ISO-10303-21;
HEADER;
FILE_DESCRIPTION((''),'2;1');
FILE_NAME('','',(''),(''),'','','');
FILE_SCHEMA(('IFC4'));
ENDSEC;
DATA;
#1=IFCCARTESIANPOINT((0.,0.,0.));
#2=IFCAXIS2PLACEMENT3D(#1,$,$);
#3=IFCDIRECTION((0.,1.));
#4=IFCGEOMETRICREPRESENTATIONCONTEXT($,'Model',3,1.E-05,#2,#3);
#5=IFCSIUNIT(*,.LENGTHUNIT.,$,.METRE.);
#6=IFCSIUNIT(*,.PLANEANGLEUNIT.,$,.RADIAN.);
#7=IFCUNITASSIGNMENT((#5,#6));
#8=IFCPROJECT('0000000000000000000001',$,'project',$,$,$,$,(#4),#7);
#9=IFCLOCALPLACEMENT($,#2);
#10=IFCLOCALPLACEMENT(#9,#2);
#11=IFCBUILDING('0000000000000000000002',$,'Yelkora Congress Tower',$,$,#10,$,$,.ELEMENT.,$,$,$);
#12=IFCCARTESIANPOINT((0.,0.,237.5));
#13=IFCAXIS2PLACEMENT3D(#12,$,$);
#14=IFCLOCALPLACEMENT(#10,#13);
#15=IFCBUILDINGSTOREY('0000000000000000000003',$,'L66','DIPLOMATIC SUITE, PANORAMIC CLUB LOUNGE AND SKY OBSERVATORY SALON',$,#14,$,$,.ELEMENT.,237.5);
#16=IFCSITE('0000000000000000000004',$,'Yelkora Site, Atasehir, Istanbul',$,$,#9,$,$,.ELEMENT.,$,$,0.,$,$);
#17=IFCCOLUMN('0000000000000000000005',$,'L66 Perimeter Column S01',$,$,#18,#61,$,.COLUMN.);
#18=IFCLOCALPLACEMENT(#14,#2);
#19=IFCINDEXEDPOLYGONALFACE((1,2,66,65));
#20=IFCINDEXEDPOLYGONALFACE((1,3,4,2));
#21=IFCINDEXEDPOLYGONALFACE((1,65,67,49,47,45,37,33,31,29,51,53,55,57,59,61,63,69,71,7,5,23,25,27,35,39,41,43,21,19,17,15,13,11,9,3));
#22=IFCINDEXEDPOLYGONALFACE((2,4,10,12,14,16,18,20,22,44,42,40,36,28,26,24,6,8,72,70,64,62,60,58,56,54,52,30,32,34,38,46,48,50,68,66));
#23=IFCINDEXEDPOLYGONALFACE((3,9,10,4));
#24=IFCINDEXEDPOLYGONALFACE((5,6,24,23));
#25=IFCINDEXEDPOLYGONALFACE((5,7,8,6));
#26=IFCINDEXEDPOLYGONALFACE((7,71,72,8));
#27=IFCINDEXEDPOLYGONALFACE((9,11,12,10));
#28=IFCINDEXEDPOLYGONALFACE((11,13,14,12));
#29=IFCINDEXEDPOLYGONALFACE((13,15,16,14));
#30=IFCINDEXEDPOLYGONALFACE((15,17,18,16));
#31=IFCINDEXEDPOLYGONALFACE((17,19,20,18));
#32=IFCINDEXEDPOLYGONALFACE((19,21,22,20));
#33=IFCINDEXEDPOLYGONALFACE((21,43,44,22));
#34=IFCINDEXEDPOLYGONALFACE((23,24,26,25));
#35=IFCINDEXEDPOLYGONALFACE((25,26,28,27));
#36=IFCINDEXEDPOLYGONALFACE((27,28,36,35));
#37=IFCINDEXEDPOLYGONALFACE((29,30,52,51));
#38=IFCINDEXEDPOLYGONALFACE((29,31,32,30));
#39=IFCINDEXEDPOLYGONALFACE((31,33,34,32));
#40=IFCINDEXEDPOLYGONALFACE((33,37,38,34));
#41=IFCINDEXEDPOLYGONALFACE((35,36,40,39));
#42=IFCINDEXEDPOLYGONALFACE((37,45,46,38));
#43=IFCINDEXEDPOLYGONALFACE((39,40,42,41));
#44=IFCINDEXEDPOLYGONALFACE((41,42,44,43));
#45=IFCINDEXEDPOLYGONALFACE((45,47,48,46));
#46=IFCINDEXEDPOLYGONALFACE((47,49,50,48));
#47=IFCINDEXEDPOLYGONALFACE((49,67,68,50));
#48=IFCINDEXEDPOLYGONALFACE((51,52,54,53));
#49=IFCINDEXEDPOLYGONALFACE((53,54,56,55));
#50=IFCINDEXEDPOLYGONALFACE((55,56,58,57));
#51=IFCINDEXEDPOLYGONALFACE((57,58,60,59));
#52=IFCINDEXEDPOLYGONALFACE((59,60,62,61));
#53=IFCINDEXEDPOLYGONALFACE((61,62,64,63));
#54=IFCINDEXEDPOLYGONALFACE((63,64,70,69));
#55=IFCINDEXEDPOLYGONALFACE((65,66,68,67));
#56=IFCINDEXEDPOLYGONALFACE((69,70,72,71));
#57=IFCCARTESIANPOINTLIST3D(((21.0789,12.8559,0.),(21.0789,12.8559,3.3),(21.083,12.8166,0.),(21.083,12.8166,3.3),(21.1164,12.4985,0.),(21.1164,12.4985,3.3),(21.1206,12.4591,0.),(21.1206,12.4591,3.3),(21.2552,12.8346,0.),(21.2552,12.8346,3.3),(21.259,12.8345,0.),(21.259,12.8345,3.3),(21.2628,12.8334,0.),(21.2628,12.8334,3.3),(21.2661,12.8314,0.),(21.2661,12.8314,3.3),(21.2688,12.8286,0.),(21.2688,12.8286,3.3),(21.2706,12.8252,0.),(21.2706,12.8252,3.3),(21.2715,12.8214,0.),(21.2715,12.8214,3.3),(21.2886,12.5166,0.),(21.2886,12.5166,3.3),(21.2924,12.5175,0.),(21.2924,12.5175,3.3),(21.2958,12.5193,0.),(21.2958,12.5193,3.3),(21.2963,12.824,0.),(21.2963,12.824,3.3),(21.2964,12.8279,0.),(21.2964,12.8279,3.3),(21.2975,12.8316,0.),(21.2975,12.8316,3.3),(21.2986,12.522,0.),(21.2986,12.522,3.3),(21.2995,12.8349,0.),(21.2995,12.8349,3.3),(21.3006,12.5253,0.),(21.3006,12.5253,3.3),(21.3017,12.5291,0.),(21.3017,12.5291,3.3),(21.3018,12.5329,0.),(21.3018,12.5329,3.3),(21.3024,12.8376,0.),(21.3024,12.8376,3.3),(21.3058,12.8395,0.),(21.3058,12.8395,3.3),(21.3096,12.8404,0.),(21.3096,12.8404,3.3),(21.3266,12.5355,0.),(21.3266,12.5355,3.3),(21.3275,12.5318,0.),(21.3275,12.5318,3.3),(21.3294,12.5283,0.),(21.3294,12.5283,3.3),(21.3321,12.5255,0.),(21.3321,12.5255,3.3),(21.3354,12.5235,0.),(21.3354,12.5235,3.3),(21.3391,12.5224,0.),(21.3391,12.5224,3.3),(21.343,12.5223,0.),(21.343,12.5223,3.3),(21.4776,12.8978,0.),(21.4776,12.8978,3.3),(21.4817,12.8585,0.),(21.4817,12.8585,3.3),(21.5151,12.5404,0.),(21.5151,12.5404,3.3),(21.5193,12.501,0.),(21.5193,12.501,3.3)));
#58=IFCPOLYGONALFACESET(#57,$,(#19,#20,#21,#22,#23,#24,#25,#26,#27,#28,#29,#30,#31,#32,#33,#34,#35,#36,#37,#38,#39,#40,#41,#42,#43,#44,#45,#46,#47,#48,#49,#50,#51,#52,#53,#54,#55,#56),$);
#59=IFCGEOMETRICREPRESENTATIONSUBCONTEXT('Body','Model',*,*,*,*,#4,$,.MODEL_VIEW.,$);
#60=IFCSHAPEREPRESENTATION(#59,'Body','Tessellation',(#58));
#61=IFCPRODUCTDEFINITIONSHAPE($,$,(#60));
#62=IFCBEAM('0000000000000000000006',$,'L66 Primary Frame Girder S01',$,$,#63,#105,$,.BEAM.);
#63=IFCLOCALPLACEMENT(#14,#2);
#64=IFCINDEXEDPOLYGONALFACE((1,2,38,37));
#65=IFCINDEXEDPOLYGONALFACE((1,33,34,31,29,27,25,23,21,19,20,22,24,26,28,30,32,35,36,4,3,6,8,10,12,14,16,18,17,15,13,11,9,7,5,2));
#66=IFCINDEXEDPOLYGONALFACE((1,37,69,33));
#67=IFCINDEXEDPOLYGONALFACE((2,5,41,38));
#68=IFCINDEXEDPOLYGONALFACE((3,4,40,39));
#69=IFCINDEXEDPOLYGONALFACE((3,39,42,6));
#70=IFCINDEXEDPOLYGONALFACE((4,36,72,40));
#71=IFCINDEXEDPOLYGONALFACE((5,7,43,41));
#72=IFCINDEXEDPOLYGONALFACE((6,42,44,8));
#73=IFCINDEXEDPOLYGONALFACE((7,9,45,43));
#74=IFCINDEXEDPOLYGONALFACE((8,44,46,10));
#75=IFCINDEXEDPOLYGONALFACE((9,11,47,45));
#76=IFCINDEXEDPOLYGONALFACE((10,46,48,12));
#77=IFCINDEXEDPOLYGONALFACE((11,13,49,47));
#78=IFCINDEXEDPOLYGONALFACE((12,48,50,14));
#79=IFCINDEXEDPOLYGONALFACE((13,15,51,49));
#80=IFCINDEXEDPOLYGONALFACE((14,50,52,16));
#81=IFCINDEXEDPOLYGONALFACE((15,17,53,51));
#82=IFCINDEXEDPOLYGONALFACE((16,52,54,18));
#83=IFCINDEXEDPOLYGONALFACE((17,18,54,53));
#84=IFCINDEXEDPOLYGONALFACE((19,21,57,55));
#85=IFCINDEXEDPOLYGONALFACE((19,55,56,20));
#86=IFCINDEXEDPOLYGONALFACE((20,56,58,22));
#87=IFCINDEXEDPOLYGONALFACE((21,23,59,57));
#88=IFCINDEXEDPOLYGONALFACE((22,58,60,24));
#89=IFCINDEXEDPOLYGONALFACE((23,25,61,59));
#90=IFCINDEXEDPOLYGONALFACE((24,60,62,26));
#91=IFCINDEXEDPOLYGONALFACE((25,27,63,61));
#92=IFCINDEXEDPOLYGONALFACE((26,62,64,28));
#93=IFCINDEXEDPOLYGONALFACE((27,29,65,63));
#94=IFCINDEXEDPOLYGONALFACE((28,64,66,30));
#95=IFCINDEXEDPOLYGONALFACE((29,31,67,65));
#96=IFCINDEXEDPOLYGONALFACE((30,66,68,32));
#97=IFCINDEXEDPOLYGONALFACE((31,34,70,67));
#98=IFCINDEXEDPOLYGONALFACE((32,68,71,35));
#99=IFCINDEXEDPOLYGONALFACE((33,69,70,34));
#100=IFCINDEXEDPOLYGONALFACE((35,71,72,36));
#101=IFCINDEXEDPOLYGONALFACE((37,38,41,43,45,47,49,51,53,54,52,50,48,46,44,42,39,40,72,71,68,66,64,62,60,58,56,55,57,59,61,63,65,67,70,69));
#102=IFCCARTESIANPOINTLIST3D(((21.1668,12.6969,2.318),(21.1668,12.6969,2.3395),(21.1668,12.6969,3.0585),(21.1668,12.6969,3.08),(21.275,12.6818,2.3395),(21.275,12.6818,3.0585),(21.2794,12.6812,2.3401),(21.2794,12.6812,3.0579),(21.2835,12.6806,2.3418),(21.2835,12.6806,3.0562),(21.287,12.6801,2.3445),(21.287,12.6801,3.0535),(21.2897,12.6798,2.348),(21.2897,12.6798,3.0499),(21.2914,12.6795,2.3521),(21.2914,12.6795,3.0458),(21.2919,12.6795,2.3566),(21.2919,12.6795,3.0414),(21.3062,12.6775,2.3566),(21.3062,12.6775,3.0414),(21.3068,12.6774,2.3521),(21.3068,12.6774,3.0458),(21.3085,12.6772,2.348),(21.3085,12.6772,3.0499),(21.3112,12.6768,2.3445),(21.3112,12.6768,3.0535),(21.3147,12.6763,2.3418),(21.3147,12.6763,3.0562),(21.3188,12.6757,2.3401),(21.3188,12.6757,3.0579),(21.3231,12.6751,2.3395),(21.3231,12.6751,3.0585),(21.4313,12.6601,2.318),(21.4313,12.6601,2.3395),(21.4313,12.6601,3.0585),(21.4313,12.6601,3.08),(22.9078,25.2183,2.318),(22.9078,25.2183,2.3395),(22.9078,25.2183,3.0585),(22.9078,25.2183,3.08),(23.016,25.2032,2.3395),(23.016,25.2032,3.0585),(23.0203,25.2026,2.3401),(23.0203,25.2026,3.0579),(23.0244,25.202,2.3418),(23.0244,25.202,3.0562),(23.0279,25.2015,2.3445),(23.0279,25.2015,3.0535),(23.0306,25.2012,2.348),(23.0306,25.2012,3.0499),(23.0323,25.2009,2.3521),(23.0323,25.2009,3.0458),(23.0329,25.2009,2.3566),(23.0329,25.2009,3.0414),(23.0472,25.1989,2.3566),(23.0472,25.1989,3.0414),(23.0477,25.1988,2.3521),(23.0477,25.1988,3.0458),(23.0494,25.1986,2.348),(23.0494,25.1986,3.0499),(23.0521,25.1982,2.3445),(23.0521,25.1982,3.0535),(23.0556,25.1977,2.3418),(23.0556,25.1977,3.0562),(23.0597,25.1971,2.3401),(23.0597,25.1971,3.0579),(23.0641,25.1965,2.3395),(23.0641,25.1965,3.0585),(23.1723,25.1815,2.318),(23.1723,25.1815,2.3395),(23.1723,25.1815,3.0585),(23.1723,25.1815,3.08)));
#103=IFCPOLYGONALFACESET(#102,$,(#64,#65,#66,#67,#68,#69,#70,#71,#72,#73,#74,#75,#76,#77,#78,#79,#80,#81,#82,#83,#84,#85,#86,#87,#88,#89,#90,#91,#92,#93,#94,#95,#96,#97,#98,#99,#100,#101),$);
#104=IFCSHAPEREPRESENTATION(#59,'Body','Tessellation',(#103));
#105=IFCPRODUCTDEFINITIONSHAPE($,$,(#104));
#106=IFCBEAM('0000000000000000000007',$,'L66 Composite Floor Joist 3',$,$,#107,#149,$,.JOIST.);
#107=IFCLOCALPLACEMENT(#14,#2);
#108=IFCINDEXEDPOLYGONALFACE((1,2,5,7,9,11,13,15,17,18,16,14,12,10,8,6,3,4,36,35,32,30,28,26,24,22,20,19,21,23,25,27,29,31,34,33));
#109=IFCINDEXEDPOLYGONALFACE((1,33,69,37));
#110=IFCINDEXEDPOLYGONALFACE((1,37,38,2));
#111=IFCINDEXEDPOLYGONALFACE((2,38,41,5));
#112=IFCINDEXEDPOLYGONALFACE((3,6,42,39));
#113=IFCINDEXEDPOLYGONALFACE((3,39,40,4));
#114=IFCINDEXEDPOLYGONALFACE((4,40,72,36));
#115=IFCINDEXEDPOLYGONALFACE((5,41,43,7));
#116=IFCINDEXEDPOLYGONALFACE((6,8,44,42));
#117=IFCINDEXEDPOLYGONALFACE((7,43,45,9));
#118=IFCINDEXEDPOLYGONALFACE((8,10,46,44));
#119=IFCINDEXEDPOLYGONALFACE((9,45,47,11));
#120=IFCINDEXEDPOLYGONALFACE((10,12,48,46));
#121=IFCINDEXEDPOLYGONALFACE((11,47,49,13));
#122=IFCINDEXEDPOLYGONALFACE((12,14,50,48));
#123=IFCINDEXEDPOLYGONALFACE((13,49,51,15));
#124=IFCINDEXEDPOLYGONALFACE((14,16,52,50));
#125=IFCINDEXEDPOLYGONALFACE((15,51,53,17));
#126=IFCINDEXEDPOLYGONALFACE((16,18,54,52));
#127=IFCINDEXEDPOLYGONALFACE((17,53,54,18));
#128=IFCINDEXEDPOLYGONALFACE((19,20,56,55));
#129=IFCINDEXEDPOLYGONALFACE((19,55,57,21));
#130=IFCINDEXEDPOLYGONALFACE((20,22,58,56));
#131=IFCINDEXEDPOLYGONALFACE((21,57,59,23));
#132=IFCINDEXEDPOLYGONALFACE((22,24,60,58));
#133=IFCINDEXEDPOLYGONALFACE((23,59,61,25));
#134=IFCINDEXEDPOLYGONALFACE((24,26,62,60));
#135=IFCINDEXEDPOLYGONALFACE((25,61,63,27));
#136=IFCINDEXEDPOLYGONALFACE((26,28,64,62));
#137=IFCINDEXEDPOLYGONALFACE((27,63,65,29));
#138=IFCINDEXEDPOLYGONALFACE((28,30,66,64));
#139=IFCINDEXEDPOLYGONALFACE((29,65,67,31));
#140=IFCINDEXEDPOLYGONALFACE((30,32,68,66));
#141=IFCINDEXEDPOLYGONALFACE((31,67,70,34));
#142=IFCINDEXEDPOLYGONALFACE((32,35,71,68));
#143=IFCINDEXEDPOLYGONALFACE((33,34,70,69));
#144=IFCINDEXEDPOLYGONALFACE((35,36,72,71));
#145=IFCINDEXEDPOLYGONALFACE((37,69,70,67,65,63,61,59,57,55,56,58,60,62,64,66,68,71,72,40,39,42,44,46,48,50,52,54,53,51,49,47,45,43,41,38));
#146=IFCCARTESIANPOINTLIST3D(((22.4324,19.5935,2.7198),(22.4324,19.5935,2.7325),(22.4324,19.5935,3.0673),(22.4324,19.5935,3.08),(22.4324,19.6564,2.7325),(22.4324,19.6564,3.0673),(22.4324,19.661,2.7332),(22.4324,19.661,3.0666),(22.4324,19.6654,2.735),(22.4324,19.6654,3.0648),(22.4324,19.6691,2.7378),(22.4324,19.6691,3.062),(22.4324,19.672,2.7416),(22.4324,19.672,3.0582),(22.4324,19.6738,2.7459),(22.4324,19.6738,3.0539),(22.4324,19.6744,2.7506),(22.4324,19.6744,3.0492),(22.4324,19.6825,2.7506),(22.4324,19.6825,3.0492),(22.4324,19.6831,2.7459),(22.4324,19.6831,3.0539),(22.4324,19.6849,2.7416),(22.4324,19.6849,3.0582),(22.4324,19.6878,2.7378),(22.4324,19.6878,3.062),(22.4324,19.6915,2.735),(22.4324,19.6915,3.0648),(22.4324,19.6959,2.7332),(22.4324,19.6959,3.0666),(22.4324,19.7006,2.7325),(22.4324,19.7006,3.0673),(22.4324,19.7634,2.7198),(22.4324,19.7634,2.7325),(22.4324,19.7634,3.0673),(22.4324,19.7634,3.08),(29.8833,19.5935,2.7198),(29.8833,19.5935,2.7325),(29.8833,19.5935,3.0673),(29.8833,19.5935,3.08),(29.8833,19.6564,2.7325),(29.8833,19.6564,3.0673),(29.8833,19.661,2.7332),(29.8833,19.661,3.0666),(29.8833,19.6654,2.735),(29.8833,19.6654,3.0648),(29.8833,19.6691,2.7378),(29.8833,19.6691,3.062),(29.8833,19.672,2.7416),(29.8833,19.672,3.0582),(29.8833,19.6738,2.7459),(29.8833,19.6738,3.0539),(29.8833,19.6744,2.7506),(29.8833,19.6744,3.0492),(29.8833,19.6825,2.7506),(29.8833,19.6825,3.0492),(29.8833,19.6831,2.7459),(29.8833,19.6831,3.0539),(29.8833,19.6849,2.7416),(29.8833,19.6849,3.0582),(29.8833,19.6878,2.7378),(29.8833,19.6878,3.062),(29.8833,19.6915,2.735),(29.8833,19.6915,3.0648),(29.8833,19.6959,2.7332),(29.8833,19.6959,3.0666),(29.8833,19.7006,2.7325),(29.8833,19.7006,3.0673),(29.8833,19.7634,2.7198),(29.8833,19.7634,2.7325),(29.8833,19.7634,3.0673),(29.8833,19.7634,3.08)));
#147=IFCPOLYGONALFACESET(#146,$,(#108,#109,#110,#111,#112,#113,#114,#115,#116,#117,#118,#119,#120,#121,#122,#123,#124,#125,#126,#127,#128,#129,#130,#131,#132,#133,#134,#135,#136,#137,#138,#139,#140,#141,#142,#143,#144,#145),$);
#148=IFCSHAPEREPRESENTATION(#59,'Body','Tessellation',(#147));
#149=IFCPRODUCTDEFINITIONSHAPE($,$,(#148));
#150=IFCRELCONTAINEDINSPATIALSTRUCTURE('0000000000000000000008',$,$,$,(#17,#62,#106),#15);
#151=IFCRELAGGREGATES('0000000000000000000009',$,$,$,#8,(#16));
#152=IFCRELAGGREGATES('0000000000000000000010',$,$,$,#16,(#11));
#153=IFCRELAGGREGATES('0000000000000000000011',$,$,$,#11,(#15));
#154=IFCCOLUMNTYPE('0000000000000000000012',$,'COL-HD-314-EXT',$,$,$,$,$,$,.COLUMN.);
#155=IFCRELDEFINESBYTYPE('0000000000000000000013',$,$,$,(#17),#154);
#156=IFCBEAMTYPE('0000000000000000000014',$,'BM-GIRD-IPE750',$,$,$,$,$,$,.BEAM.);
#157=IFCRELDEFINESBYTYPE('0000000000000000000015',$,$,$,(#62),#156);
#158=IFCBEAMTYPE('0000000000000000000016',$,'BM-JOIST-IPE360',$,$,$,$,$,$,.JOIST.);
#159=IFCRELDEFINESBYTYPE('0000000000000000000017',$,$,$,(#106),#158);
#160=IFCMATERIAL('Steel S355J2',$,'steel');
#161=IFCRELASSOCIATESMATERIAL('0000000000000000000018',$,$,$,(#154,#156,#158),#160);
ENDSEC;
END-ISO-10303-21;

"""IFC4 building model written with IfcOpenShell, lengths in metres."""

from ifc_helpers import new_model, si_unit, direction, frame, origin, origin_2d, place, context, subcontext, project, spatial, i_section, extrude, material, material_profile, profile_set, type_object, element, save


model = new_model("IFC4")

# Units and contexts
model_context = context("Model", 3, precision=1e-05, world=origin(), true_north=direction((0.0, 1.0)))
body_context = subcontext(model_context, "Body", "Model", "MODEL_VIEW")
ifc_project = project(units=[si_unit("LENGTHUNIT", "METRE"), si_unit("PLANEANGLEUNIT", "RADIAN")], contexts=[model_context])

# Site, building, storey
site_placement = place(None, origin())
site = spatial("IfcSite", under=ifc_project, at=site_placement, Name="Yelkora Site, Atasehir, Istanbul", CompositionType="ELEMENT", RefElevation=0.0)
building_placement = place(site_placement, origin())
building = spatial("IfcBuilding", under=site, at=building_placement, Name="Yelkora Congress Tower", CompositionType="ELEMENT")
storey_placement = place(building_placement, frame((0.0, 0.0, 237.5)))
storey = spatial("IfcBuildingStorey", under=building, at=storey_placement, Name="L66", Description="DIPLOMATIC SUITE, PANORAMIC CLUB LOUNGE AND SKY OBSERVATORY SALON", CompositionType="ELEMENT", Elevation=237.5)

# Column
ifc_material_1 = material(Name="Steel S355J2", Category="steel")
ifc_material_profile_1 = material_profile(ifc_material_1, i_section(OverallWidth=0.4009, OverallDepth=0.3989, WebThickness=0.0249, FlangeThickness=0.0396, FilletRadius=0.0149, at=origin_2d()), Name="HD 400x314")
ifc_profile_set_1 = profile_set([ifc_material_profile_1], Name="Steel S355J2")
column_type = type_object("IfcColumnType", Name="COL-HD-314-EXT", PredefinedType="COLUMN", material=ifc_profile_set_1)
column_placement = place(storey_placement, frame((21.2991, 12.6785, 0.0), z_axis=(0.0, 0.0, 1.0), x_axis=(0.994522, 0.104528, 0.0)))
element("IfcColumn", 1, at=column_placement, inside=storey, type_object=column_type, Name="L66 Perimeter Column S01", PredefinedType="COLUMN", context=body_context, shape_type="SweptSolid", body=[
    extrude(i_section(OverallWidth=0.4009, OverallDepth=0.3989, WebThickness=0.0249, FlangeThickness=0.0396, FilletRadius=0.0149, at=origin_2d()), origin(), (0.0, 0.0, 1.0), 3.3),
])

# Beams
ifc_material_profile_2 = material_profile(ifc_material_1, i_section(OverallWidth=0.2671, OverallDepth=0.762, WebThickness=0.0144, FlangeThickness=0.0215, FilletRadius=0.0171, at=origin_2d()), Name="IPE 750x173")
ifc_profile_set_2 = profile_set([ifc_material_profile_2], Name="Steel S355J2")
beam_type_1 = type_object("IfcBeamType", Name="BM-GIRD-IPE750", PredefinedType="BEAM", material=ifc_profile_set_2)
beam_1_placement = place(storey_placement, frame((21.2991, 12.6785, 2.699), z_axis=(0.137714, 0.990472, 0.0), x_axis=(-0.990472, 0.137714, 0.0)))
element("IfcBeam", 2, at=beam_1_placement, inside=storey, type_object=beam_type_1, Name="L66 Primary Frame Girder S01", PredefinedType="BEAM", context=body_context, shape_type="SweptSolid", body=[
    extrude(i_section(OverallWidth=0.2671, OverallDepth=0.762, WebThickness=0.0144, FlangeThickness=0.0215, FilletRadius=0.0171, at=origin_2d()), origin(), (0.0, 0.0, 1.0), 12.6418),
])
ifc_material_profile_3 = material_profile(ifc_material_1, i_section(OverallWidth=0.1699, OverallDepth=0.3601, WebThickness=0.0081, FlangeThickness=0.0127, FilletRadius=0.0181, at=origin_2d()), Name="IPE 360")
ifc_profile_set_3 = profile_set([ifc_material_profile_3], Name="Steel S355J2")
beam_type_2 = type_object("IfcBeamType", Name="BM-JOIST-IPE360", PredefinedType="JOIST", material=ifc_profile_set_3)
beam_2_placement = place(storey_placement, frame((22.4324, 19.6785, 2.8999), z_axis=(1.0, 0.0, 0.0), x_axis=(0.0, 1.0, 0.0)))
element("IfcBeam", 3, at=beam_2_placement, inside=storey, type_object=beam_type_2, Name="L66 Composite Floor Joist 3", PredefinedType="JOIST", context=body_context, shape_type="SweptSolid", body=[
    extrude(i_section(OverallWidth=0.1699, OverallDepth=0.3601, WebThickness=0.0081, FlangeThickness=0.0127, FilletRadius=0.0181, at=origin_2d()), origin(), (0.0, 0.0, 1.0), 7.4509),
])

save(model, "model.ifc")
